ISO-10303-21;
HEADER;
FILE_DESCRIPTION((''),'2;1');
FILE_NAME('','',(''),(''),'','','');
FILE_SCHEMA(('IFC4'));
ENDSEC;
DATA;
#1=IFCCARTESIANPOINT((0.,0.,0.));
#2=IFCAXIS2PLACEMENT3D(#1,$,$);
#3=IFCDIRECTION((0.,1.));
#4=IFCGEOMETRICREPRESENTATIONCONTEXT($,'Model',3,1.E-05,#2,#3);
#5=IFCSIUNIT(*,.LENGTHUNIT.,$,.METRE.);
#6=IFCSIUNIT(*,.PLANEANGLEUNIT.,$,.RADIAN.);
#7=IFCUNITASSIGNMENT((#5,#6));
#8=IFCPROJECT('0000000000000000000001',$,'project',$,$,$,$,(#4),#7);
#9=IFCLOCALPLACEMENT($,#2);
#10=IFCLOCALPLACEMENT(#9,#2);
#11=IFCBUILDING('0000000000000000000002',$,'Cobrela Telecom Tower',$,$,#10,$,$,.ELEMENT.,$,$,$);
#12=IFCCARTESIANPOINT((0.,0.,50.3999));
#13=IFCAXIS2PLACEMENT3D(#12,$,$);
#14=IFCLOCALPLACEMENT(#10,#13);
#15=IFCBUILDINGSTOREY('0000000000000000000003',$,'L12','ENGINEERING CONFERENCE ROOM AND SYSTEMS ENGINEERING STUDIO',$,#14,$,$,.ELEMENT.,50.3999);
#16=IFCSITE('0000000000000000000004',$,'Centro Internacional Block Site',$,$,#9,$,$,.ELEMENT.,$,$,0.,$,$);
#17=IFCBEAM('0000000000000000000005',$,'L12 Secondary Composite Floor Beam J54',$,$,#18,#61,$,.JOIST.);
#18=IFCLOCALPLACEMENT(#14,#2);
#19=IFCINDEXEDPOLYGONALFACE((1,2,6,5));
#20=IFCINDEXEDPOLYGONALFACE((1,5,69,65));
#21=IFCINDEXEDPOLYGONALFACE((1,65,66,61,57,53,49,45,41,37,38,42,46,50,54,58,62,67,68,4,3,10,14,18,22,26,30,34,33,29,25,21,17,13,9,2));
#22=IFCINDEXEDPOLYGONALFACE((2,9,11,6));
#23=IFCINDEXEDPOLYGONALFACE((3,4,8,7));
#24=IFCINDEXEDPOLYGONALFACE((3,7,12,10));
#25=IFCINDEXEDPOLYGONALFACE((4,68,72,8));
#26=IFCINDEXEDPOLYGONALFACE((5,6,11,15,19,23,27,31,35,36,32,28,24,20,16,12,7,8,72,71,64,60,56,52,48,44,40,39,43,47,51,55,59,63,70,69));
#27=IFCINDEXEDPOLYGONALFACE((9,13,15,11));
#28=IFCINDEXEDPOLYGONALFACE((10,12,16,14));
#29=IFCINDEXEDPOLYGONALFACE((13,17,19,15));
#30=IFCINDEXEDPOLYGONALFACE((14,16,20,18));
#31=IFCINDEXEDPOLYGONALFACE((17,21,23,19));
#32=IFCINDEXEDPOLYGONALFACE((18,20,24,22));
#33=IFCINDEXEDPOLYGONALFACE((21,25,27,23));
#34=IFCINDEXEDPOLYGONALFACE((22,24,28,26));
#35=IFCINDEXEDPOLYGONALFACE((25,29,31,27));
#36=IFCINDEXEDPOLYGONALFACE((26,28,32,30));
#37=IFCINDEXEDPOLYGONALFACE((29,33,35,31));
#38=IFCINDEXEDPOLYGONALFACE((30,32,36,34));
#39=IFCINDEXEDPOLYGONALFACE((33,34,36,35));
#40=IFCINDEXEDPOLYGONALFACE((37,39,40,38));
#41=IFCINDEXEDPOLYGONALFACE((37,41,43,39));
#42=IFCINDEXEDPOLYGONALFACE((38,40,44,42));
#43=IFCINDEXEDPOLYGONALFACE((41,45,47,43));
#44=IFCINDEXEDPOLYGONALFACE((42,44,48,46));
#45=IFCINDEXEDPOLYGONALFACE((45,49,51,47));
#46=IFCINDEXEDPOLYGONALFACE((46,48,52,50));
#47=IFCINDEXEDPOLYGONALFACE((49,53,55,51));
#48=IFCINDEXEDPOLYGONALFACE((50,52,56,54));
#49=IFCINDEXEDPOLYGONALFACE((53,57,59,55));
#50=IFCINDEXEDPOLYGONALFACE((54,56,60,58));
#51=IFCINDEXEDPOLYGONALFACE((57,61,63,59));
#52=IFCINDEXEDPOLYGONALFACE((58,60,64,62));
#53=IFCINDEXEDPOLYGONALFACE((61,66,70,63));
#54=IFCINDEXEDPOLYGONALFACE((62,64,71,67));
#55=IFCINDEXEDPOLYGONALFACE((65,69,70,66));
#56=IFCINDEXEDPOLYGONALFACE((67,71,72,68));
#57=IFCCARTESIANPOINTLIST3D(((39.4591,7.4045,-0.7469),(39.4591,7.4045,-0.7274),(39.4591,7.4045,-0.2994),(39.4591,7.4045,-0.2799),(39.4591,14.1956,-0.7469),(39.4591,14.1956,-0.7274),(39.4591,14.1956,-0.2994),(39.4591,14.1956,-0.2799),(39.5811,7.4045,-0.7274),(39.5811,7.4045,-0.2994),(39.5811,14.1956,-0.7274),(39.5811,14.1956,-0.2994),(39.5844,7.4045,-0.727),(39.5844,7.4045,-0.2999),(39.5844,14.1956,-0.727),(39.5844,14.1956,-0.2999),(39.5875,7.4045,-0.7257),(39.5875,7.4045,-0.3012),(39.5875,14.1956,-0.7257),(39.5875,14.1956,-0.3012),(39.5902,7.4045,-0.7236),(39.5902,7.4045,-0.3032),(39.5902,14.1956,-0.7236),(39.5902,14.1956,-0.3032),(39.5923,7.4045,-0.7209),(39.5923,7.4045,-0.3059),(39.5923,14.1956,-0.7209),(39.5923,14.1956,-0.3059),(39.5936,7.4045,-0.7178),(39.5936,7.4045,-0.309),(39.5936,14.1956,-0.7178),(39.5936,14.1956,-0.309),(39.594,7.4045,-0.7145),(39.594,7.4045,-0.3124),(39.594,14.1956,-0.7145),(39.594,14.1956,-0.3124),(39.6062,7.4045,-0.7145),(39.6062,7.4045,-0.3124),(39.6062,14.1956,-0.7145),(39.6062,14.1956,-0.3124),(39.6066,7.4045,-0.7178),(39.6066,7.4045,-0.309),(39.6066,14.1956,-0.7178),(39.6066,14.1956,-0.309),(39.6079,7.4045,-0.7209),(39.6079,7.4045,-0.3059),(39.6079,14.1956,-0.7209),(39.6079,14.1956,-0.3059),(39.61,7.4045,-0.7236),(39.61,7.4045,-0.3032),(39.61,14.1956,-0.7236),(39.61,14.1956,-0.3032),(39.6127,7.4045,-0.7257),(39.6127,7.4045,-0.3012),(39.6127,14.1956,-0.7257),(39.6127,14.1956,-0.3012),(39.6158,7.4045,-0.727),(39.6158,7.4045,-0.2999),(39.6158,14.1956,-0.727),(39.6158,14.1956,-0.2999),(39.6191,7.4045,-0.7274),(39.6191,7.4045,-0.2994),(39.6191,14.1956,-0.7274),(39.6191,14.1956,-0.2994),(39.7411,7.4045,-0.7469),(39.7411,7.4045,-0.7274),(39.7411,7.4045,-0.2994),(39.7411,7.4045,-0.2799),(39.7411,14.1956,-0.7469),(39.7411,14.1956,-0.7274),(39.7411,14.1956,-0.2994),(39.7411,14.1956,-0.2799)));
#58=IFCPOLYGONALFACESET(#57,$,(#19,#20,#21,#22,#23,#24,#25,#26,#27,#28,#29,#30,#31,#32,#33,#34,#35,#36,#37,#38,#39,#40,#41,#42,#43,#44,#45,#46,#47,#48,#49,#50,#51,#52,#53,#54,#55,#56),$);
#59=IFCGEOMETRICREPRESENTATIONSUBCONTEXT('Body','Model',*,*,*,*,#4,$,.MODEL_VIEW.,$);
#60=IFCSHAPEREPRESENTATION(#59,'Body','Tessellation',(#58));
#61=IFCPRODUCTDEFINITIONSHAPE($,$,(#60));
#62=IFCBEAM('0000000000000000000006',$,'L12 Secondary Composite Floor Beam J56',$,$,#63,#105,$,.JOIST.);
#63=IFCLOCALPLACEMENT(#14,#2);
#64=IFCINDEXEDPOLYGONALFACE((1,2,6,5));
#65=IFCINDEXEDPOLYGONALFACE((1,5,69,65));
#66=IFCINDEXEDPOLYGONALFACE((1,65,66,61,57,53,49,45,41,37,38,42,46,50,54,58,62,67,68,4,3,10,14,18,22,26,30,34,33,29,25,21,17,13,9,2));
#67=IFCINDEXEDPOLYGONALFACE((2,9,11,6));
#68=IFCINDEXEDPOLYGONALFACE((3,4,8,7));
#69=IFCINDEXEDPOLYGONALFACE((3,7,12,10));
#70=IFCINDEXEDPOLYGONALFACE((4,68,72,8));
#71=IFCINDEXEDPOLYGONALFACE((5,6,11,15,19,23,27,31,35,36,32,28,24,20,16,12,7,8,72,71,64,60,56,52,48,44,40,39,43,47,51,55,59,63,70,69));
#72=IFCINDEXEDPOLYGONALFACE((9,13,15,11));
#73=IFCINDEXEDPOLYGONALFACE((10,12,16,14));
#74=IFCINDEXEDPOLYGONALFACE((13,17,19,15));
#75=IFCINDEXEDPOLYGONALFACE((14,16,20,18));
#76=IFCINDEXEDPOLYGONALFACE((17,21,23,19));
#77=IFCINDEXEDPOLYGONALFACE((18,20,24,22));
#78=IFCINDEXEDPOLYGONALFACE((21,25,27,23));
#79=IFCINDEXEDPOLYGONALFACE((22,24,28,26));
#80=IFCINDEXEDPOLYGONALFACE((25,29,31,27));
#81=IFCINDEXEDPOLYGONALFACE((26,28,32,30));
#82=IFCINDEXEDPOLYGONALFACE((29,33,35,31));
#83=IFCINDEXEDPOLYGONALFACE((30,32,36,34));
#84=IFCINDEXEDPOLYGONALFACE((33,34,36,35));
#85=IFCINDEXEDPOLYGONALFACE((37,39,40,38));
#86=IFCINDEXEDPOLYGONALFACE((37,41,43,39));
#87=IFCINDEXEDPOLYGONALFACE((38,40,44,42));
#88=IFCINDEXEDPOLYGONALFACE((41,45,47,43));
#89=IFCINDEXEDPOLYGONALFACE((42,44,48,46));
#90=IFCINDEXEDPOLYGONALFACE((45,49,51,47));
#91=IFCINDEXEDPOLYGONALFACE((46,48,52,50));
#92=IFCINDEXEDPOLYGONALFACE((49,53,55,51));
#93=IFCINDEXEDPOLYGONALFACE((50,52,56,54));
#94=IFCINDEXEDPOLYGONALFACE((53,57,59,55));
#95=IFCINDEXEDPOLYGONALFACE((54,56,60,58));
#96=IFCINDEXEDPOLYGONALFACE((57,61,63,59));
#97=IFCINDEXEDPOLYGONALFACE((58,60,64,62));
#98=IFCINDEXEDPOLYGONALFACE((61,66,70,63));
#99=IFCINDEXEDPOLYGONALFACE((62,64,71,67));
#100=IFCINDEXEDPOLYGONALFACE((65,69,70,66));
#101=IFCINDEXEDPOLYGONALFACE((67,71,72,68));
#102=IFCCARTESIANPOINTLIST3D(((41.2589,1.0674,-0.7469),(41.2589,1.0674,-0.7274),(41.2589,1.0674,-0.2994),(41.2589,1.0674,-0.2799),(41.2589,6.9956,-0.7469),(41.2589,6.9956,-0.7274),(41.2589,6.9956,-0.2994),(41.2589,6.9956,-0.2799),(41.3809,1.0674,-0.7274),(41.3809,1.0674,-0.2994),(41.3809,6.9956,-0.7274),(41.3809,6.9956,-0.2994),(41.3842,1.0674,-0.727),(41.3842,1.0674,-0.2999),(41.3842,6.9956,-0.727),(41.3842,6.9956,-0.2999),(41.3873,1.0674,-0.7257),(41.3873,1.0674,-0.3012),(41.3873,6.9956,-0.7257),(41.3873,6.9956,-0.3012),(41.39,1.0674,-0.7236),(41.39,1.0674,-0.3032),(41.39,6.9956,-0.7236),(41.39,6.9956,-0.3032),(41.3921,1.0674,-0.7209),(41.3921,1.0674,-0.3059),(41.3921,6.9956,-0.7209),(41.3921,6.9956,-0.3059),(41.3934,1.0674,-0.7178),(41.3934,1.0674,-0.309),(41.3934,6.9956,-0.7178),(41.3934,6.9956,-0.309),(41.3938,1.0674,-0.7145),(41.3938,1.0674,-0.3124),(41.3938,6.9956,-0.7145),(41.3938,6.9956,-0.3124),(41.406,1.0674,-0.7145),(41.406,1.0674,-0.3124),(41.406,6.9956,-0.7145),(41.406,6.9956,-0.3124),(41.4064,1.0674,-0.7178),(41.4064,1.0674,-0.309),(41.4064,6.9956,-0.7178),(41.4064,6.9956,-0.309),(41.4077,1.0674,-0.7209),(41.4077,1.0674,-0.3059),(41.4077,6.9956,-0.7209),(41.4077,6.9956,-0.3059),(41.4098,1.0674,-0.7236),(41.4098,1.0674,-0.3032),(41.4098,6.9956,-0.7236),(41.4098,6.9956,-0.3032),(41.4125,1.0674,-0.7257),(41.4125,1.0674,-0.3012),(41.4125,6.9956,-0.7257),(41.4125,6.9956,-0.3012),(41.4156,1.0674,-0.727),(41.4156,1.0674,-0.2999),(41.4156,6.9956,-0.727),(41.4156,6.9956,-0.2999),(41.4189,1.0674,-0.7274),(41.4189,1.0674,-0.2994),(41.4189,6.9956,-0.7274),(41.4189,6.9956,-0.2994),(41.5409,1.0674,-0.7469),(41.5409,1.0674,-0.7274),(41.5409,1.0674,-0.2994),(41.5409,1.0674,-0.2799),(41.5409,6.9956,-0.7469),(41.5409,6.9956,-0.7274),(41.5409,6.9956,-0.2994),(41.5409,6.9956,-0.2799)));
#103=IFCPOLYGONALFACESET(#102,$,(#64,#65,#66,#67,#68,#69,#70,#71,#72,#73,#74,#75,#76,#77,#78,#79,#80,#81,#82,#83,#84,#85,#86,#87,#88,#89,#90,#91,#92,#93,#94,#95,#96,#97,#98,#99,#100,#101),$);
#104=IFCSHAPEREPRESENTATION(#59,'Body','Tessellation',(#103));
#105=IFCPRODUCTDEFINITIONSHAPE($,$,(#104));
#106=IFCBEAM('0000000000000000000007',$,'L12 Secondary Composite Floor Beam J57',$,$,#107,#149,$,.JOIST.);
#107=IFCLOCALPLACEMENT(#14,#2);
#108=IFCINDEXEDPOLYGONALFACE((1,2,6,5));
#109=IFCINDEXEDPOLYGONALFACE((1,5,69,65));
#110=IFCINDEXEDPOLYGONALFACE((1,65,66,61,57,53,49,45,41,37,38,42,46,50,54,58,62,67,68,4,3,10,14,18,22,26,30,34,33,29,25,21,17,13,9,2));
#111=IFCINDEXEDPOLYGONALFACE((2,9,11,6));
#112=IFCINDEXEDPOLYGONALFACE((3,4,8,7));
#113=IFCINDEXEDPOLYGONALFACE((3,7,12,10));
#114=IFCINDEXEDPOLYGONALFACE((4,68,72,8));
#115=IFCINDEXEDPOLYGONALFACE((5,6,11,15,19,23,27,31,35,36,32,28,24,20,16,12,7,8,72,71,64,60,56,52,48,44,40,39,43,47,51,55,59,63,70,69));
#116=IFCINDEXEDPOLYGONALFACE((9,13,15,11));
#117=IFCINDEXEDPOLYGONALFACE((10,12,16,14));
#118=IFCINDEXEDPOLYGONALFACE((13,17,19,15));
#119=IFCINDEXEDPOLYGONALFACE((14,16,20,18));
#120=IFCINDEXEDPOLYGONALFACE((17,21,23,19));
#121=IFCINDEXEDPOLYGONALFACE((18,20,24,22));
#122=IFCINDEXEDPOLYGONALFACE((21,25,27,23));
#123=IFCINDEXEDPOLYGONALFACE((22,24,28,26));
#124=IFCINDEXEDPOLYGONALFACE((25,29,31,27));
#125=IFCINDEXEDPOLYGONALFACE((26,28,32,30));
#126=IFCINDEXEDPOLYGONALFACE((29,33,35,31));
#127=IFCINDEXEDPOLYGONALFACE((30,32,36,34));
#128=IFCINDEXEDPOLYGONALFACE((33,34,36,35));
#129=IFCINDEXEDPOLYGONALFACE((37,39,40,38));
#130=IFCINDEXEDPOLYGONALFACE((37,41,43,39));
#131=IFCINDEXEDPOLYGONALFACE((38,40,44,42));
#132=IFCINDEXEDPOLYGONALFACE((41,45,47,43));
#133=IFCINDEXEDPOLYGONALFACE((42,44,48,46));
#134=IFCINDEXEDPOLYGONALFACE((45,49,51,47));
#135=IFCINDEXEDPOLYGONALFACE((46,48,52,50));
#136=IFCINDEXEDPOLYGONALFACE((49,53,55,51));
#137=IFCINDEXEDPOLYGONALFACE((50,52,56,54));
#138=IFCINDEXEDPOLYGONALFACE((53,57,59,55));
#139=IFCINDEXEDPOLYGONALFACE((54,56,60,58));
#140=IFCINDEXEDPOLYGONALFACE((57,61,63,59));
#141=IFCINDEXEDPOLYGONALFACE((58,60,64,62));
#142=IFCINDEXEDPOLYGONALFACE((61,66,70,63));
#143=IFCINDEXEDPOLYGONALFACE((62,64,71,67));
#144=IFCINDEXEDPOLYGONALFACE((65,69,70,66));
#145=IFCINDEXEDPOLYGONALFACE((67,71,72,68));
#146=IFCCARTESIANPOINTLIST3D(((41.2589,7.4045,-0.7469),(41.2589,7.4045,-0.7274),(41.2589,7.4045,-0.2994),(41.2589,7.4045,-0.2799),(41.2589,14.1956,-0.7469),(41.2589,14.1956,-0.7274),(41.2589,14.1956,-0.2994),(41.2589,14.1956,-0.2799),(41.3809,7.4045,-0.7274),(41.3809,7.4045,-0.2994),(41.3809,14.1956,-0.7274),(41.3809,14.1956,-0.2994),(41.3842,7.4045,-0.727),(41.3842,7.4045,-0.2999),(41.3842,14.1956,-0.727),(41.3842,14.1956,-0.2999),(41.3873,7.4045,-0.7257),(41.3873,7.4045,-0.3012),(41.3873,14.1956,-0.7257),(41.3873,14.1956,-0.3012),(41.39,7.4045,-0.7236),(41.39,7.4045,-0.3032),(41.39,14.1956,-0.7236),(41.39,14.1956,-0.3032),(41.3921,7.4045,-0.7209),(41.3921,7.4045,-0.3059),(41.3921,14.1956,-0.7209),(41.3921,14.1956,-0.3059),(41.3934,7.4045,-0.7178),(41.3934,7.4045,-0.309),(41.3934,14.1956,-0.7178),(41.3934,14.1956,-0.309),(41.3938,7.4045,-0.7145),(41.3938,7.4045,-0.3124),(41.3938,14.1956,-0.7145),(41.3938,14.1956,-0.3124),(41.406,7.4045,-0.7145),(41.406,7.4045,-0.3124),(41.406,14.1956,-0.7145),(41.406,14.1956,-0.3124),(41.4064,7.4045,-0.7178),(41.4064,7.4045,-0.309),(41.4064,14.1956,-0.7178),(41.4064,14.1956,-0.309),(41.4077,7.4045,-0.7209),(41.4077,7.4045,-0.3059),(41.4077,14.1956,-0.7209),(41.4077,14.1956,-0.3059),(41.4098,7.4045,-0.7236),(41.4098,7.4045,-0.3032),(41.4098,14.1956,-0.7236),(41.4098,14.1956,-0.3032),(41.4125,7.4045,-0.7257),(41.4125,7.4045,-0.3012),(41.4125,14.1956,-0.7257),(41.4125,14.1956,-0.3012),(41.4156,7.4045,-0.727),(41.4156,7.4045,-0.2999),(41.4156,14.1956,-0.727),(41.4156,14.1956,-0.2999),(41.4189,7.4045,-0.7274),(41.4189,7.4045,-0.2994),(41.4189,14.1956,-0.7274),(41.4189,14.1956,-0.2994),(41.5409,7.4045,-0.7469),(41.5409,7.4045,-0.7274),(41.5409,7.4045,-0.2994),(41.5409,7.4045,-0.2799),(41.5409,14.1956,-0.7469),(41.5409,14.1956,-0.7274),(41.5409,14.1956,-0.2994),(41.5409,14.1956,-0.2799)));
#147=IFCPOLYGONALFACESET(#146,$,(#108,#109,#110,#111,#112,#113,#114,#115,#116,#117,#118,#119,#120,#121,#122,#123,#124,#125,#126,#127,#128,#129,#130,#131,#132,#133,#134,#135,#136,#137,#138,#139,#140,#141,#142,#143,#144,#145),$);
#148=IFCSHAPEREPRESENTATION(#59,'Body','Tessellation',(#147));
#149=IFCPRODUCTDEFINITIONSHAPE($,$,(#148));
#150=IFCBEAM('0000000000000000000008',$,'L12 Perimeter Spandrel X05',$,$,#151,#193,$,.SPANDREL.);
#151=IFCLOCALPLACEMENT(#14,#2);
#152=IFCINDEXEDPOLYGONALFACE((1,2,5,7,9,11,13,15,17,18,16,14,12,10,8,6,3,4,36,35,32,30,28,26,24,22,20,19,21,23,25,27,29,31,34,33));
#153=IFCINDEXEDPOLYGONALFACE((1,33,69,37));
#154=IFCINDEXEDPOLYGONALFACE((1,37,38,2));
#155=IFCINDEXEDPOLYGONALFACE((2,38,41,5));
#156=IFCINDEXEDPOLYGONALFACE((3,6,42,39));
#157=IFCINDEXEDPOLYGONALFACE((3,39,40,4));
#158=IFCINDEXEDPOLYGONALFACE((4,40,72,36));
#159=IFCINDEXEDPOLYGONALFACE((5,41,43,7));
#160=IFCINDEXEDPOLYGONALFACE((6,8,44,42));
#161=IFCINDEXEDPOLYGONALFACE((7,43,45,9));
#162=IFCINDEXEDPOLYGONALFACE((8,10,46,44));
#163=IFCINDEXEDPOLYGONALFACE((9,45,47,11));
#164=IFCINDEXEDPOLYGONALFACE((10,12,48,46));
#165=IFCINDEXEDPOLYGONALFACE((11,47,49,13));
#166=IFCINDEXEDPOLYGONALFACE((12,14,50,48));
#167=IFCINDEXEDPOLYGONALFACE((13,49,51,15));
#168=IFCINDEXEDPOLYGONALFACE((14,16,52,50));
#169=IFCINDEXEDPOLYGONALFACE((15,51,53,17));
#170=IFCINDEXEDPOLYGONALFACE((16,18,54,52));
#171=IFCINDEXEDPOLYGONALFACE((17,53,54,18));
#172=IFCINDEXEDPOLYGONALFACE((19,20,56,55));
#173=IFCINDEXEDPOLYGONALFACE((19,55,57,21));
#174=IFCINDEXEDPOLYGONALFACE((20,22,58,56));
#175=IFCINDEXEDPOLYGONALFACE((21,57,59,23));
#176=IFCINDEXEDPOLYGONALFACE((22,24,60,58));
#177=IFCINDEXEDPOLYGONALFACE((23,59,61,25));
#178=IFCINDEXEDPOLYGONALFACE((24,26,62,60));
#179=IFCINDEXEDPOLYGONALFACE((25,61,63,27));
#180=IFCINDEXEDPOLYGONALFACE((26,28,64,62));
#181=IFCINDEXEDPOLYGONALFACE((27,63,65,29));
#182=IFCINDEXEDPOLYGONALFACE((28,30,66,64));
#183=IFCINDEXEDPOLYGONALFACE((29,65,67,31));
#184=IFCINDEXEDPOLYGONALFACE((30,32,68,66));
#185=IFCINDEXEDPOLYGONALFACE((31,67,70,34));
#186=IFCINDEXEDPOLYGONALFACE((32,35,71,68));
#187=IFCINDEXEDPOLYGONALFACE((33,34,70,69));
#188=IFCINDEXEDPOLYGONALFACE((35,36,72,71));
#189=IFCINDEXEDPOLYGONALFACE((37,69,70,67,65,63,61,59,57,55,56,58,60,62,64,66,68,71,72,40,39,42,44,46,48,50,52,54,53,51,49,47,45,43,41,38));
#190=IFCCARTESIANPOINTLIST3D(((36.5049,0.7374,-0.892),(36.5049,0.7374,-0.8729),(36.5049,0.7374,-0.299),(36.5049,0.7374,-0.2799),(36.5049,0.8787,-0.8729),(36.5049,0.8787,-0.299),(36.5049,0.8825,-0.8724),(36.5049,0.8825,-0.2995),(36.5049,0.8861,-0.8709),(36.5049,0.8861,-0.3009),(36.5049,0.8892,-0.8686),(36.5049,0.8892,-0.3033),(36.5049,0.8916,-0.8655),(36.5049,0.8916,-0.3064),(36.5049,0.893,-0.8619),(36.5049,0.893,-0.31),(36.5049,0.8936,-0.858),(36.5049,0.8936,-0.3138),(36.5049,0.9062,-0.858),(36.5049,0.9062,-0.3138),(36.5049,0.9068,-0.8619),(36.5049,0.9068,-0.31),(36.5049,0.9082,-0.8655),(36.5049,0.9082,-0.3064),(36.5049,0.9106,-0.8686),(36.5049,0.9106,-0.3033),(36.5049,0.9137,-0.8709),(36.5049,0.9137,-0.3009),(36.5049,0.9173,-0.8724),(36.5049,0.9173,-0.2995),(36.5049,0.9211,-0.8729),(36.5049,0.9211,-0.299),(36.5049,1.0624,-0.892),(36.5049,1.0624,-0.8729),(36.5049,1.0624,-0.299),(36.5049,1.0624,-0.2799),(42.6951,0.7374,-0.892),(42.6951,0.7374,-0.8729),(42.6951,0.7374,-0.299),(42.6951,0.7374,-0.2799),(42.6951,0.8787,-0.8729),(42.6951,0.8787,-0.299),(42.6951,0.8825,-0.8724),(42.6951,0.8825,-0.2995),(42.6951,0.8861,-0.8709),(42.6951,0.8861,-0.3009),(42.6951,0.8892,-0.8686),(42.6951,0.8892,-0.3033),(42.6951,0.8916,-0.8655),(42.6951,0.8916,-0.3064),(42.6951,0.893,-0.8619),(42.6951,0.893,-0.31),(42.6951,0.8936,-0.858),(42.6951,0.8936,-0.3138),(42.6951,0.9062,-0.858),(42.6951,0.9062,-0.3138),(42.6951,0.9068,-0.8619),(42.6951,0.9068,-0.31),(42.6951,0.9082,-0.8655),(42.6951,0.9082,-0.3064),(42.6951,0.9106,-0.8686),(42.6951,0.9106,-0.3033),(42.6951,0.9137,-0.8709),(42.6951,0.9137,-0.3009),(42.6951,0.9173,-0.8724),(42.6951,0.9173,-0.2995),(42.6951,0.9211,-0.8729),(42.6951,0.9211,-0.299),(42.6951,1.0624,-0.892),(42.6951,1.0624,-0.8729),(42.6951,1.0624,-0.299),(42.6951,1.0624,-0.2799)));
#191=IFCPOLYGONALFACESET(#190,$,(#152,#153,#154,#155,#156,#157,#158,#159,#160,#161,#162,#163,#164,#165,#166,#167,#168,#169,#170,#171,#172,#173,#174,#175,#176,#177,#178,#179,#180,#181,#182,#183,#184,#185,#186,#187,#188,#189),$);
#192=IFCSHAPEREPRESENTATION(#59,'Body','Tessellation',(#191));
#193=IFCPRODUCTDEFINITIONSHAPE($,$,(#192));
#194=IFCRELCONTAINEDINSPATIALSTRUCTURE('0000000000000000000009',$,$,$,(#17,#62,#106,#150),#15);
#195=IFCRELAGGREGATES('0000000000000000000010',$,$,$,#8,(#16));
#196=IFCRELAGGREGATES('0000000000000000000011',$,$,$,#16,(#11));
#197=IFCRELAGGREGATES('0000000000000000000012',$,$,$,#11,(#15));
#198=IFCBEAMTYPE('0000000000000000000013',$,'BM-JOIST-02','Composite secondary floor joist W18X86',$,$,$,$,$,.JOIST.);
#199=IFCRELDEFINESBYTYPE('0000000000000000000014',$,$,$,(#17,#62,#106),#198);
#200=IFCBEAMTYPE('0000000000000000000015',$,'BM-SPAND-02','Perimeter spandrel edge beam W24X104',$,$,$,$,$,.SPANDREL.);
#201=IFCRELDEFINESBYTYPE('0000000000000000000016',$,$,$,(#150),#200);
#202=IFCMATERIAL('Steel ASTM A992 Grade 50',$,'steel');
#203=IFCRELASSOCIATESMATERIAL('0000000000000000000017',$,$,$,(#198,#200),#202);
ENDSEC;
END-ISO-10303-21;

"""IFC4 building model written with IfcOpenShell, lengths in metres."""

from ifc_helpers import new_model, si_unit, direction, frame, origin, origin_2d, place, context, subcontext, project, spatial, i_section, extrude, material, material_profile, profile_set, type_object, element, save


model = new_model("IFC4")

# Units and contexts
model_context = context("Model", 3, precision=1e-05, world=origin(), true_north=direction((0.0, 1.0)))
body_context = subcontext(model_context, "Body", "Model", "MODEL_VIEW")
ifc_project = project(units=[si_unit("LENGTHUNIT", "METRE"), si_unit("PLANEANGLEUNIT", "RADIAN")], contexts=[model_context])

# Site, building, storey
site_placement = place(None, origin())
site = spatial("IfcSite", under=ifc_project, at=site_placement, Name="Centro Internacional Block Site", CompositionType="ELEMENT", RefElevation=0.0)
building_placement = place(site_placement, origin())
building = spatial("IfcBuilding", under=site, at=building_placement, Name="Cobrela Telecom Tower", CompositionType="ELEMENT")
storey_placement = place(building_placement, frame((0.0, 0.0, 50.3999)))
storey = spatial("IfcBuildingStorey", under=building, at=storey_placement, Name="L12", Description="ENGINEERING CONFERENCE ROOM AND SYSTEMS ENGINEERING STUDIO", CompositionType="ELEMENT", Elevation=50.3999)

# Shared definitions
ifc_material_1 = material(Name="Steel ASTM A992 Grade 50", Category="steel")

# Beams
ifc_material_profile_1 = material_profile(ifc_material_1, i_section(OverallWidth=0.282, OverallDepth=0.467, WebThickness=0.0122, FlangeThickness=0.0195, FilletRadius=0.0129, at=origin_2d()), Name="W18X86")
ifc_profile_set_1 = profile_set([ifc_material_profile_1], Name="Steel ASTM A992 Grade 50")
beam_type_1 = type_object("IfcBeamType", Name="BM-JOIST-02", Description="Composite secondary floor joist W18X86", PredefinedType="JOIST", material=ifc_profile_set_1)
beam_1_placement = place(storey_placement, frame((39.6001, 7.4045, -0.5134), z_axis=(0.0, 1.0, 0.0), x_axis=(-1.0, 0.0, 0.0)))
element("IfcBeam", 1, at=beam_1_placement, inside=storey, type_object=beam_type_1, Name="L12 Secondary Composite Floor Beam J54", PredefinedType="JOIST", context=body_context, shape_type="SweptSolid", body=[
    extrude(i_section(OverallWidth=0.282, OverallDepth=0.467, WebThickness=0.0122, FlangeThickness=0.0195, FilletRadius=0.0129, at=origin_2d()), origin(), (0.0, 0.0, 1.0), 6.791),
])
beam_2_placement = place(storey_placement, frame((41.3999, 1.0674, -0.5134), z_axis=(0.0, 1.0, 0.0), x_axis=(-1.0, 0.0, 0.0)))
element("IfcBeam", 2, at=beam_2_placement, inside=storey, type_object=beam_type_1, Name="L12 Secondary Composite Floor Beam J56", PredefinedType="JOIST", context=body_context, shape_type="SweptSolid", body=[
    extrude(i_section(OverallWidth=0.282, OverallDepth=0.467, WebThickness=0.0122, FlangeThickness=0.0195, FilletRadius=0.0129, at=origin_2d()), origin(), (0.0, 0.0, 1.0), 5.9282),
])
beam_3_placement = place(storey_placement, frame((41.3999, 7.4045, -0.5134), z_axis=(0.0, 1.0, 0.0), x_axis=(-1.0, 0.0, 0.0)))
element("IfcBeam", 3, at=beam_3_placement, inside=storey, type_object=beam_type_1, Name="L12 Secondary Composite Floor Beam J57", PredefinedType="JOIST", context=body_context, shape_type="SweptSolid", body=[
    extrude(i_section(OverallWidth=0.282, OverallDepth=0.467, WebThickness=0.0122, FlangeThickness=0.0195, FilletRadius=0.0129, at=origin_2d()), origin(), (0.0, 0.0, 1.0), 6.791),
])
ifc_material_profile_2 = material_profile(ifc_material_1, i_section(OverallWidth=0.325, OverallDepth=0.6121, WebThickness=0.0127, FlangeThickness=0.019, FilletRadius=0.0149, at=origin_2d()), Name="W24X104")
ifc_profile_set_2 = profile_set([ifc_material_profile_2], Name="Steel ASTM A992 Grade 50")
beam_type_2 = type_object("IfcBeamType", Name="BM-SPAND-02", Description="Perimeter spandrel edge beam W24X104", PredefinedType="SPANDREL", material=ifc_profile_set_2)
beam_4_placement = place(storey_placement, frame((36.5049, 0.8999, -0.5859), z_axis=(1.0, 0.0, 0.0), x_axis=(0.0, 1.0, 0.0)))
element("IfcBeam", 4, at=beam_4_placement, inside=storey, type_object=beam_type_2, Name="L12 Perimeter Spandrel X05", PredefinedType="SPANDREL", context=body_context, shape_type="SweptSolid", body=[
    extrude(i_section(OverallWidth=0.325, OverallDepth=0.6121, WebThickness=0.0127, FlangeThickness=0.019, FilletRadius=0.0149, at=origin_2d()), origin(), (0.0, 0.0, 1.0), 6.1902),
])

save(model, "model.ifc")
